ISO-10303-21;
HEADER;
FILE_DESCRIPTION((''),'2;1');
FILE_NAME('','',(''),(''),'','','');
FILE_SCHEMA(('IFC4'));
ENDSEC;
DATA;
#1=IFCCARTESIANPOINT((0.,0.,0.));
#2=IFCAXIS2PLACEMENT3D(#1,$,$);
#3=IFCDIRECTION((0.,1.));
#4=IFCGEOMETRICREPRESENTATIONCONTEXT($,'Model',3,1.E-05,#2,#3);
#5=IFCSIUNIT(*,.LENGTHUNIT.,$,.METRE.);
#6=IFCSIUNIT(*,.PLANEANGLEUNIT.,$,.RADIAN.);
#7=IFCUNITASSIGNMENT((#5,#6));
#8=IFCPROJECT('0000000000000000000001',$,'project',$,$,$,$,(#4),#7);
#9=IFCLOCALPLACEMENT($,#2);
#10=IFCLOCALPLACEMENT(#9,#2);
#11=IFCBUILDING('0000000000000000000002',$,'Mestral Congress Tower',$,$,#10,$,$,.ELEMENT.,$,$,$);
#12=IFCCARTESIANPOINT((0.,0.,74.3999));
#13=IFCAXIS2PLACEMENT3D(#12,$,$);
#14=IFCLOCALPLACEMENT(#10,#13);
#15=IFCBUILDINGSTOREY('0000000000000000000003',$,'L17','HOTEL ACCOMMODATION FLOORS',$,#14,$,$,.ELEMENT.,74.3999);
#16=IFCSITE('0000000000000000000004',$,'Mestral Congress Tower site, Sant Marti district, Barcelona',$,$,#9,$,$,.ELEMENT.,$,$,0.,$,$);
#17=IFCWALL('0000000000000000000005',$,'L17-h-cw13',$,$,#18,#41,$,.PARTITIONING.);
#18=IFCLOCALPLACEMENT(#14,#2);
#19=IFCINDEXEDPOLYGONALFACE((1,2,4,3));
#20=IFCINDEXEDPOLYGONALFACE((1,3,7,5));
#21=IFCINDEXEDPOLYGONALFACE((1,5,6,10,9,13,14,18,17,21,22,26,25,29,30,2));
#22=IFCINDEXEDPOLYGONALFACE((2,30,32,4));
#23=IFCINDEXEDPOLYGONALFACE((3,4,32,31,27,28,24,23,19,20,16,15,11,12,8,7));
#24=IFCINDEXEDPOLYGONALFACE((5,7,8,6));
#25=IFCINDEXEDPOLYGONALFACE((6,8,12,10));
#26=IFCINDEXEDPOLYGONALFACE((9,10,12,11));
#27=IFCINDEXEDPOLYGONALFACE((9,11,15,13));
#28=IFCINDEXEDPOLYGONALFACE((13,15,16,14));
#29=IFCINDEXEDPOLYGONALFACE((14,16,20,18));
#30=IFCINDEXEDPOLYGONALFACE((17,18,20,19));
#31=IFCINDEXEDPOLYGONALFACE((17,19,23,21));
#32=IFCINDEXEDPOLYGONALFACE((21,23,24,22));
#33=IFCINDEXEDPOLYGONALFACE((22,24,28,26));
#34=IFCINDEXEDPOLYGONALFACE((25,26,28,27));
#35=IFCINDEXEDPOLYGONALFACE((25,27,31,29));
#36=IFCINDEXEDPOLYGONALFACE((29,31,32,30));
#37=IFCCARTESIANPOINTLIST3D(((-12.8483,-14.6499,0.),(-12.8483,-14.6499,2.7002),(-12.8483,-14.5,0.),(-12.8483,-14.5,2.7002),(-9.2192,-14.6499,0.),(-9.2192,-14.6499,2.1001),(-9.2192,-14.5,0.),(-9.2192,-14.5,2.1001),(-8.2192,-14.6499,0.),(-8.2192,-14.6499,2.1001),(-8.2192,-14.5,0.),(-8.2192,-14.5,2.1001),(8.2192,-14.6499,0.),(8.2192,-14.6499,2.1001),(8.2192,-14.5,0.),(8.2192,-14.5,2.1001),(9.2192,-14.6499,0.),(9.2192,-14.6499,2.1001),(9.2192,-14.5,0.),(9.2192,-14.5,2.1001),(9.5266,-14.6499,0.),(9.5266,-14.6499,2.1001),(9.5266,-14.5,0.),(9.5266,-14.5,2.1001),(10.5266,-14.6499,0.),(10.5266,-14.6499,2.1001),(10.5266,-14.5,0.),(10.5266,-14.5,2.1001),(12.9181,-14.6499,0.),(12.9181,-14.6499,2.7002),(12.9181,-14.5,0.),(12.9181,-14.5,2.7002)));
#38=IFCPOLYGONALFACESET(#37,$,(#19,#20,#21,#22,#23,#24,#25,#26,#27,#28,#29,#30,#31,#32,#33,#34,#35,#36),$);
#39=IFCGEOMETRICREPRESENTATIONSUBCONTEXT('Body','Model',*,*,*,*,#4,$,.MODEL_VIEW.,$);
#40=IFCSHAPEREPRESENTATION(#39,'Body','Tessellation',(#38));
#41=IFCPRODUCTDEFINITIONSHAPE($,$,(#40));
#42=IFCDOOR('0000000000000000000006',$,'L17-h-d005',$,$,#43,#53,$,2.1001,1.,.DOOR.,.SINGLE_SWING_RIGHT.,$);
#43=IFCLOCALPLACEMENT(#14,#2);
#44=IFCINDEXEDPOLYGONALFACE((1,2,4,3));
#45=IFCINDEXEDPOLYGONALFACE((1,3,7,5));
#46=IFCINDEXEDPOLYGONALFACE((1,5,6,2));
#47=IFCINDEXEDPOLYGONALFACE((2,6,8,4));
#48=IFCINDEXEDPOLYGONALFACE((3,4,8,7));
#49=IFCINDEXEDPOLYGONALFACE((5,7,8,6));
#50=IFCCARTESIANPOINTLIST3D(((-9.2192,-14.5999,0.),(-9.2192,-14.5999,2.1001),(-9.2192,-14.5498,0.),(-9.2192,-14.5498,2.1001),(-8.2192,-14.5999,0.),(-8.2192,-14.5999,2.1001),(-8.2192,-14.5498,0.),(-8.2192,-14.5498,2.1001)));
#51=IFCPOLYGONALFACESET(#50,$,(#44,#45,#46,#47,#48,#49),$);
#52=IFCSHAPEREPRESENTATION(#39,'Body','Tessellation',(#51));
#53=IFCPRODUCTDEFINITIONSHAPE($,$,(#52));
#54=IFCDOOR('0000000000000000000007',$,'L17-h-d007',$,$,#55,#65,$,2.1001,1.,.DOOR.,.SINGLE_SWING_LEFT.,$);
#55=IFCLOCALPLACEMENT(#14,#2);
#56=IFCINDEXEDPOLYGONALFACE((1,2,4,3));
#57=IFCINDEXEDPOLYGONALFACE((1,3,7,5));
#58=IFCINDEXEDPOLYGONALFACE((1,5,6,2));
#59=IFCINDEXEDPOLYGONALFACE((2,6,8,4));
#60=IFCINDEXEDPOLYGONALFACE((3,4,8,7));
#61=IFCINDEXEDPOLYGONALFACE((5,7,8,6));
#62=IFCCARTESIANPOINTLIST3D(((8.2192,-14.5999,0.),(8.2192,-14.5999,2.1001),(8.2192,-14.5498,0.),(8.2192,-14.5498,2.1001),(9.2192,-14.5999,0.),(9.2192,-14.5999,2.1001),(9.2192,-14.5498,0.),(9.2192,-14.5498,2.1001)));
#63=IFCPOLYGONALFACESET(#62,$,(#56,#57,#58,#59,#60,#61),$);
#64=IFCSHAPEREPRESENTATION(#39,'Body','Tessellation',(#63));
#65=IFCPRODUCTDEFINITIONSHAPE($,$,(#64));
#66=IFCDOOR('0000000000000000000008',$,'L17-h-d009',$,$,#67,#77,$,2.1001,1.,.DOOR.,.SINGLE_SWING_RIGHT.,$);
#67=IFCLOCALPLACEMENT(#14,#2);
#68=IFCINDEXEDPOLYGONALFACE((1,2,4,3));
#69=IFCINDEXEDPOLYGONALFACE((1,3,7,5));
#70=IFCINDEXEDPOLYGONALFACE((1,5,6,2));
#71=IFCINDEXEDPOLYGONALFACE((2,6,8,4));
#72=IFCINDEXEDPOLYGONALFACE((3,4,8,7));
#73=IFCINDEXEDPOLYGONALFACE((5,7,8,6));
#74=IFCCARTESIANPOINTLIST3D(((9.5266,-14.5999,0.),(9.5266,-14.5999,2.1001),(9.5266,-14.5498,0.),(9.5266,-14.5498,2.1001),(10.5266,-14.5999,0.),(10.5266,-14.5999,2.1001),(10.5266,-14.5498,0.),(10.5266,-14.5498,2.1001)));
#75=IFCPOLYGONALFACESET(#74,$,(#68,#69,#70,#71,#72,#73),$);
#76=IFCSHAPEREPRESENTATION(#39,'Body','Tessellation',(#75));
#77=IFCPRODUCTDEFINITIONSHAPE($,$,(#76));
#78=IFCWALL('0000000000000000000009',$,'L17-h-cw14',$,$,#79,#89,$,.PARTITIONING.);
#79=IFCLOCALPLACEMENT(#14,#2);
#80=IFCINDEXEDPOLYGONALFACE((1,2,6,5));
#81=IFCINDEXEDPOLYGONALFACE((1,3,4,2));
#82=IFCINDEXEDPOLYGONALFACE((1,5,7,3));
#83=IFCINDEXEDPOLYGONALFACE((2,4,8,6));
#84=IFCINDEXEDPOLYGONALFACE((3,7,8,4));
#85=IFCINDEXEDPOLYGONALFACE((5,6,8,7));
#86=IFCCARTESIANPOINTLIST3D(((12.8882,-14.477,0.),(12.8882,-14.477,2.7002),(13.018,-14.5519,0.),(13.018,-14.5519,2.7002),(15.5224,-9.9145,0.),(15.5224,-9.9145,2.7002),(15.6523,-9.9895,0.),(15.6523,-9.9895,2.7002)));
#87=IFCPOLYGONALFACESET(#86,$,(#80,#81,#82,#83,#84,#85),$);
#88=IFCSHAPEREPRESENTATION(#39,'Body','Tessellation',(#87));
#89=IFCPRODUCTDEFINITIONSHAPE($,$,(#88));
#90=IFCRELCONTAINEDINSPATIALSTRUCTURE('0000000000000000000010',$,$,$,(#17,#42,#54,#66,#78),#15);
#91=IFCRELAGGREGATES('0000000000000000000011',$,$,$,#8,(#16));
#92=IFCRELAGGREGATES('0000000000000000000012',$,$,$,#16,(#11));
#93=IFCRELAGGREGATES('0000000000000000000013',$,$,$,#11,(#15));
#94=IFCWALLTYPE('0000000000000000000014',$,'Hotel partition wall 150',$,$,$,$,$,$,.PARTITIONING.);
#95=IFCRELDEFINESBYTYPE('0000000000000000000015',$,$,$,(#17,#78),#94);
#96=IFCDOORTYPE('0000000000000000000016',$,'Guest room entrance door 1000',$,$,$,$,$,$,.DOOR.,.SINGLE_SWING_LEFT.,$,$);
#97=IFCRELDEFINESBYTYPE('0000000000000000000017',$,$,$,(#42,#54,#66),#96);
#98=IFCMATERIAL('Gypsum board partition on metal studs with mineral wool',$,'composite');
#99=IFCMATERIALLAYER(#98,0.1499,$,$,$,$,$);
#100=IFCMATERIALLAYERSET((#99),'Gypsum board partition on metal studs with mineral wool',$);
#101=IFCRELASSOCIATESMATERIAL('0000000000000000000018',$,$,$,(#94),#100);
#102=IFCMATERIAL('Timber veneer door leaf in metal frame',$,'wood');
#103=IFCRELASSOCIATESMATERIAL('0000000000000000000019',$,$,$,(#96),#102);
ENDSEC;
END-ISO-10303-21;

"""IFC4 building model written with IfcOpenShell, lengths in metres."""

from ifc_helpers import new_model, si_unit, direction, frame, frame_2d, origin, place, context, subcontext, project, spatial, rectangle, extrude, material, layer, layer_set, type_object, element, fill, save


model = new_model("IFC4")

# Units and contexts
model_context = context("Model", 3, precision=1e-05, world=origin(), true_north=direction((0.0, 1.0)))
body_context = subcontext(model_context, "Body", "Model", "MODEL_VIEW")
ifc_project = project(units=[si_unit("LENGTHUNIT", "METRE"), si_unit("PLANEANGLEUNIT", "RADIAN")], contexts=[model_context])

# Site, building, storey
site_placement = place(None, origin())
site = spatial("IfcSite", under=ifc_project, at=site_placement, Name="Mestral Congress Tower site, Sant Marti district, Barcelona", CompositionType="ELEMENT", RefElevation=0.0)
building_placement = place(site_placement, origin())
building = spatial("IfcBuilding", under=site, at=building_placement, Name="Mestral Congress Tower", CompositionType="ELEMENT")
storey_placement = place(building_placement, frame((0.0, 0.0, 74.3999)))
storey = spatial("IfcBuildingStorey", under=building, at=storey_placement, Name="L17", Description="HOTEL ACCOMMODATION FLOORS", CompositionType="ELEMENT", Elevation=74.3999)

# Shared definitions
ifc_material_1 = material(Name="Gypsum board partition on metal studs with mineral wool", Category="composite")

# Wall, openings, doors
ifc_layer_1 = layer(ifc_material_1, 0.1499)
ifc_layer_set_1 = layer_set([ifc_layer_1], Name="Gypsum board partition on metal studs with mineral wool")
wall_type_1 = type_object("IfcWallType", Name="Hotel partition wall 150", PredefinedType="PARTITIONING", material=ifc_layer_set_1)
wall_1_placement = place(storey_placement, frame((12.9182, -14.575, 0.0), z_axis=(0.0, 0.0, 1.0), x_axis=(-1.0, 0.0, 0.0)))
wall_1 = element("IfcWall", 1, at=wall_1_placement, inside=storey, type_object=wall_type_1, Name="L17-h-cw13", PredefinedType="PARTITIONING", context=body_context, shape_type="SweptSolid", body=[
    extrude(rectangle(XDim=25.7664, YDim=0.1499, at=frame_2d((12.8833, 0.0))), origin(), (0.0, 0.0, 1.0), 2.7002),
])
opening_1_placement = place(wall_1_placement, frame((21.1375, 0.0, 0.0)))
opening_1 = element("IfcOpeningElement", 2, at=opening_1_placement, cuts=wall_1, PredefinedType="OPENING", context=body_context, shape_type="SweptSolid", body=[
    extrude(rectangle(XDim=1.0, YDim=2.1001, at=frame_2d((0.5, 1.05))), frame((0.0, 0.085, 0.0), z_axis=(0.0, -1.0, 0.0), x_axis=(1.0, 0.0, 0.0)), (0.0, 0.0, 1.0), 0.1699),
])
opening_2_placement = place(wall_1_placement, frame((3.699, 0.0, 0.0)))
opening_2 = element("IfcOpeningElement", 3, at=opening_2_placement, cuts=wall_1, PredefinedType="OPENING", context=body_context, shape_type="SweptSolid", body=[
    extrude(rectangle(XDim=1.0, YDim=2.1001, at=frame_2d((0.5, 1.05))), frame((0.0, 0.085, 0.0), z_axis=(0.0, -1.0, 0.0), x_axis=(1.0, 0.0, 0.0)), (0.0, 0.0, 1.0), 0.1699),
])
opening_3_placement = place(wall_1_placement, frame((2.3916, 0.0, 0.0)))
opening_3 = element("IfcOpeningElement", 4, at=opening_3_placement, cuts=wall_1, PredefinedType="OPENING", context=body_context, shape_type="SweptSolid", body=[
    extrude(rectangle(XDim=1.0, YDim=2.1001, at=frame_2d((0.5, 1.05))), frame((0.0, 0.085, 0.0), z_axis=(0.0, -1.0, 0.0), x_axis=(1.0, 0.0, 0.0)), (0.0, 0.0, 1.0), 0.1699),
])
ifc_material_2 = material(Name="Timber veneer door leaf in metal frame", Category="wood")
door_type_1 = type_object("IfcDoorType", Name="Guest room entrance door 1000", OperationType="SINGLE_SWING_LEFT", PredefinedType="DOOR", material=ifc_material_2)
door_1_placement = place(opening_1_placement, origin())
door_1 = element("IfcDoor", 5, at=door_1_placement, inside=storey, type_object=door_type_1, Name="L17-h-d005", OperationType="SINGLE_SWING_RIGHT", OverallHeight=2.1001, OverallWidth=1.0, PredefinedType="DOOR", context=body_context, shape_type="SweptSolid", body=[
    extrude(rectangle(XDim=1.0, YDim=2.1001, at=frame_2d((0.5, 1.05))), frame((0.0, 0.0249, 0.0), z_axis=(0.0, -1.0, 0.0), x_axis=(1.0, 0.0, 0.0)), (0.0, 0.0, 1.0), 0.05),
])
fill(opening_1, door_1)
door_2_placement = place(opening_2_placement, origin())
door_2 = element("IfcDoor", 6, at=door_2_placement, inside=storey, type_object=door_type_1, Name="L17-h-d007", OperationType="SINGLE_SWING_LEFT", OverallHeight=2.1001, OverallWidth=1.0, PredefinedType="DOOR", context=body_context, shape_type="SweptSolid", body=[
    extrude(rectangle(XDim=1.0, YDim=2.1001, at=frame_2d((0.5, 1.05))), frame((0.0, 0.0249, 0.0), z_axis=(0.0, -1.0, 0.0), x_axis=(1.0, 0.0, 0.0)), (0.0, 0.0, 1.0), 0.05),
])
fill(opening_2, door_2)
door_3_placement = place(opening_3_placement, origin())
door_3 = element("IfcDoor", 7, at=door_3_placement, inside=storey, type_object=door_type_1, Name="L17-h-d009", OperationType="SINGLE_SWING_RIGHT", OverallHeight=2.1001, OverallWidth=1.0, PredefinedType="DOOR", context=body_context, shape_type="SweptSolid", body=[
    extrude(rectangle(XDim=1.0, YDim=2.1001, at=frame_2d((0.5, 1.05))), frame((0.0, 0.0249, 0.0), z_axis=(0.0, -1.0, 0.0), x_axis=(1.0, 0.0, 0.0)), (0.0, 0.0, 1.0), 0.05),
])
fill(opening_3, door_3)

# Wall
wall_2_placement = place(storey_placement, frame((15.5874, -9.9519, 0.0), z_axis=(0.0, 0.0, 1.0), x_axis=(-0.500017, -0.866016, 0.0)))
element("IfcWall", 8, at=wall_2_placement, inside=storey, type_object=wall_type_1, Name="L17-h-cw14", PredefinedType="PARTITIONING", context=body_context, shape_type="SweptSolid", body=[
    extrude(rectangle(XDim=5.2683, YDim=0.1499, at=frame_2d((2.6343, 0.0))), origin(), (0.0, 0.0, 1.0), 2.7002),
])

save(model, "model.ifc")
